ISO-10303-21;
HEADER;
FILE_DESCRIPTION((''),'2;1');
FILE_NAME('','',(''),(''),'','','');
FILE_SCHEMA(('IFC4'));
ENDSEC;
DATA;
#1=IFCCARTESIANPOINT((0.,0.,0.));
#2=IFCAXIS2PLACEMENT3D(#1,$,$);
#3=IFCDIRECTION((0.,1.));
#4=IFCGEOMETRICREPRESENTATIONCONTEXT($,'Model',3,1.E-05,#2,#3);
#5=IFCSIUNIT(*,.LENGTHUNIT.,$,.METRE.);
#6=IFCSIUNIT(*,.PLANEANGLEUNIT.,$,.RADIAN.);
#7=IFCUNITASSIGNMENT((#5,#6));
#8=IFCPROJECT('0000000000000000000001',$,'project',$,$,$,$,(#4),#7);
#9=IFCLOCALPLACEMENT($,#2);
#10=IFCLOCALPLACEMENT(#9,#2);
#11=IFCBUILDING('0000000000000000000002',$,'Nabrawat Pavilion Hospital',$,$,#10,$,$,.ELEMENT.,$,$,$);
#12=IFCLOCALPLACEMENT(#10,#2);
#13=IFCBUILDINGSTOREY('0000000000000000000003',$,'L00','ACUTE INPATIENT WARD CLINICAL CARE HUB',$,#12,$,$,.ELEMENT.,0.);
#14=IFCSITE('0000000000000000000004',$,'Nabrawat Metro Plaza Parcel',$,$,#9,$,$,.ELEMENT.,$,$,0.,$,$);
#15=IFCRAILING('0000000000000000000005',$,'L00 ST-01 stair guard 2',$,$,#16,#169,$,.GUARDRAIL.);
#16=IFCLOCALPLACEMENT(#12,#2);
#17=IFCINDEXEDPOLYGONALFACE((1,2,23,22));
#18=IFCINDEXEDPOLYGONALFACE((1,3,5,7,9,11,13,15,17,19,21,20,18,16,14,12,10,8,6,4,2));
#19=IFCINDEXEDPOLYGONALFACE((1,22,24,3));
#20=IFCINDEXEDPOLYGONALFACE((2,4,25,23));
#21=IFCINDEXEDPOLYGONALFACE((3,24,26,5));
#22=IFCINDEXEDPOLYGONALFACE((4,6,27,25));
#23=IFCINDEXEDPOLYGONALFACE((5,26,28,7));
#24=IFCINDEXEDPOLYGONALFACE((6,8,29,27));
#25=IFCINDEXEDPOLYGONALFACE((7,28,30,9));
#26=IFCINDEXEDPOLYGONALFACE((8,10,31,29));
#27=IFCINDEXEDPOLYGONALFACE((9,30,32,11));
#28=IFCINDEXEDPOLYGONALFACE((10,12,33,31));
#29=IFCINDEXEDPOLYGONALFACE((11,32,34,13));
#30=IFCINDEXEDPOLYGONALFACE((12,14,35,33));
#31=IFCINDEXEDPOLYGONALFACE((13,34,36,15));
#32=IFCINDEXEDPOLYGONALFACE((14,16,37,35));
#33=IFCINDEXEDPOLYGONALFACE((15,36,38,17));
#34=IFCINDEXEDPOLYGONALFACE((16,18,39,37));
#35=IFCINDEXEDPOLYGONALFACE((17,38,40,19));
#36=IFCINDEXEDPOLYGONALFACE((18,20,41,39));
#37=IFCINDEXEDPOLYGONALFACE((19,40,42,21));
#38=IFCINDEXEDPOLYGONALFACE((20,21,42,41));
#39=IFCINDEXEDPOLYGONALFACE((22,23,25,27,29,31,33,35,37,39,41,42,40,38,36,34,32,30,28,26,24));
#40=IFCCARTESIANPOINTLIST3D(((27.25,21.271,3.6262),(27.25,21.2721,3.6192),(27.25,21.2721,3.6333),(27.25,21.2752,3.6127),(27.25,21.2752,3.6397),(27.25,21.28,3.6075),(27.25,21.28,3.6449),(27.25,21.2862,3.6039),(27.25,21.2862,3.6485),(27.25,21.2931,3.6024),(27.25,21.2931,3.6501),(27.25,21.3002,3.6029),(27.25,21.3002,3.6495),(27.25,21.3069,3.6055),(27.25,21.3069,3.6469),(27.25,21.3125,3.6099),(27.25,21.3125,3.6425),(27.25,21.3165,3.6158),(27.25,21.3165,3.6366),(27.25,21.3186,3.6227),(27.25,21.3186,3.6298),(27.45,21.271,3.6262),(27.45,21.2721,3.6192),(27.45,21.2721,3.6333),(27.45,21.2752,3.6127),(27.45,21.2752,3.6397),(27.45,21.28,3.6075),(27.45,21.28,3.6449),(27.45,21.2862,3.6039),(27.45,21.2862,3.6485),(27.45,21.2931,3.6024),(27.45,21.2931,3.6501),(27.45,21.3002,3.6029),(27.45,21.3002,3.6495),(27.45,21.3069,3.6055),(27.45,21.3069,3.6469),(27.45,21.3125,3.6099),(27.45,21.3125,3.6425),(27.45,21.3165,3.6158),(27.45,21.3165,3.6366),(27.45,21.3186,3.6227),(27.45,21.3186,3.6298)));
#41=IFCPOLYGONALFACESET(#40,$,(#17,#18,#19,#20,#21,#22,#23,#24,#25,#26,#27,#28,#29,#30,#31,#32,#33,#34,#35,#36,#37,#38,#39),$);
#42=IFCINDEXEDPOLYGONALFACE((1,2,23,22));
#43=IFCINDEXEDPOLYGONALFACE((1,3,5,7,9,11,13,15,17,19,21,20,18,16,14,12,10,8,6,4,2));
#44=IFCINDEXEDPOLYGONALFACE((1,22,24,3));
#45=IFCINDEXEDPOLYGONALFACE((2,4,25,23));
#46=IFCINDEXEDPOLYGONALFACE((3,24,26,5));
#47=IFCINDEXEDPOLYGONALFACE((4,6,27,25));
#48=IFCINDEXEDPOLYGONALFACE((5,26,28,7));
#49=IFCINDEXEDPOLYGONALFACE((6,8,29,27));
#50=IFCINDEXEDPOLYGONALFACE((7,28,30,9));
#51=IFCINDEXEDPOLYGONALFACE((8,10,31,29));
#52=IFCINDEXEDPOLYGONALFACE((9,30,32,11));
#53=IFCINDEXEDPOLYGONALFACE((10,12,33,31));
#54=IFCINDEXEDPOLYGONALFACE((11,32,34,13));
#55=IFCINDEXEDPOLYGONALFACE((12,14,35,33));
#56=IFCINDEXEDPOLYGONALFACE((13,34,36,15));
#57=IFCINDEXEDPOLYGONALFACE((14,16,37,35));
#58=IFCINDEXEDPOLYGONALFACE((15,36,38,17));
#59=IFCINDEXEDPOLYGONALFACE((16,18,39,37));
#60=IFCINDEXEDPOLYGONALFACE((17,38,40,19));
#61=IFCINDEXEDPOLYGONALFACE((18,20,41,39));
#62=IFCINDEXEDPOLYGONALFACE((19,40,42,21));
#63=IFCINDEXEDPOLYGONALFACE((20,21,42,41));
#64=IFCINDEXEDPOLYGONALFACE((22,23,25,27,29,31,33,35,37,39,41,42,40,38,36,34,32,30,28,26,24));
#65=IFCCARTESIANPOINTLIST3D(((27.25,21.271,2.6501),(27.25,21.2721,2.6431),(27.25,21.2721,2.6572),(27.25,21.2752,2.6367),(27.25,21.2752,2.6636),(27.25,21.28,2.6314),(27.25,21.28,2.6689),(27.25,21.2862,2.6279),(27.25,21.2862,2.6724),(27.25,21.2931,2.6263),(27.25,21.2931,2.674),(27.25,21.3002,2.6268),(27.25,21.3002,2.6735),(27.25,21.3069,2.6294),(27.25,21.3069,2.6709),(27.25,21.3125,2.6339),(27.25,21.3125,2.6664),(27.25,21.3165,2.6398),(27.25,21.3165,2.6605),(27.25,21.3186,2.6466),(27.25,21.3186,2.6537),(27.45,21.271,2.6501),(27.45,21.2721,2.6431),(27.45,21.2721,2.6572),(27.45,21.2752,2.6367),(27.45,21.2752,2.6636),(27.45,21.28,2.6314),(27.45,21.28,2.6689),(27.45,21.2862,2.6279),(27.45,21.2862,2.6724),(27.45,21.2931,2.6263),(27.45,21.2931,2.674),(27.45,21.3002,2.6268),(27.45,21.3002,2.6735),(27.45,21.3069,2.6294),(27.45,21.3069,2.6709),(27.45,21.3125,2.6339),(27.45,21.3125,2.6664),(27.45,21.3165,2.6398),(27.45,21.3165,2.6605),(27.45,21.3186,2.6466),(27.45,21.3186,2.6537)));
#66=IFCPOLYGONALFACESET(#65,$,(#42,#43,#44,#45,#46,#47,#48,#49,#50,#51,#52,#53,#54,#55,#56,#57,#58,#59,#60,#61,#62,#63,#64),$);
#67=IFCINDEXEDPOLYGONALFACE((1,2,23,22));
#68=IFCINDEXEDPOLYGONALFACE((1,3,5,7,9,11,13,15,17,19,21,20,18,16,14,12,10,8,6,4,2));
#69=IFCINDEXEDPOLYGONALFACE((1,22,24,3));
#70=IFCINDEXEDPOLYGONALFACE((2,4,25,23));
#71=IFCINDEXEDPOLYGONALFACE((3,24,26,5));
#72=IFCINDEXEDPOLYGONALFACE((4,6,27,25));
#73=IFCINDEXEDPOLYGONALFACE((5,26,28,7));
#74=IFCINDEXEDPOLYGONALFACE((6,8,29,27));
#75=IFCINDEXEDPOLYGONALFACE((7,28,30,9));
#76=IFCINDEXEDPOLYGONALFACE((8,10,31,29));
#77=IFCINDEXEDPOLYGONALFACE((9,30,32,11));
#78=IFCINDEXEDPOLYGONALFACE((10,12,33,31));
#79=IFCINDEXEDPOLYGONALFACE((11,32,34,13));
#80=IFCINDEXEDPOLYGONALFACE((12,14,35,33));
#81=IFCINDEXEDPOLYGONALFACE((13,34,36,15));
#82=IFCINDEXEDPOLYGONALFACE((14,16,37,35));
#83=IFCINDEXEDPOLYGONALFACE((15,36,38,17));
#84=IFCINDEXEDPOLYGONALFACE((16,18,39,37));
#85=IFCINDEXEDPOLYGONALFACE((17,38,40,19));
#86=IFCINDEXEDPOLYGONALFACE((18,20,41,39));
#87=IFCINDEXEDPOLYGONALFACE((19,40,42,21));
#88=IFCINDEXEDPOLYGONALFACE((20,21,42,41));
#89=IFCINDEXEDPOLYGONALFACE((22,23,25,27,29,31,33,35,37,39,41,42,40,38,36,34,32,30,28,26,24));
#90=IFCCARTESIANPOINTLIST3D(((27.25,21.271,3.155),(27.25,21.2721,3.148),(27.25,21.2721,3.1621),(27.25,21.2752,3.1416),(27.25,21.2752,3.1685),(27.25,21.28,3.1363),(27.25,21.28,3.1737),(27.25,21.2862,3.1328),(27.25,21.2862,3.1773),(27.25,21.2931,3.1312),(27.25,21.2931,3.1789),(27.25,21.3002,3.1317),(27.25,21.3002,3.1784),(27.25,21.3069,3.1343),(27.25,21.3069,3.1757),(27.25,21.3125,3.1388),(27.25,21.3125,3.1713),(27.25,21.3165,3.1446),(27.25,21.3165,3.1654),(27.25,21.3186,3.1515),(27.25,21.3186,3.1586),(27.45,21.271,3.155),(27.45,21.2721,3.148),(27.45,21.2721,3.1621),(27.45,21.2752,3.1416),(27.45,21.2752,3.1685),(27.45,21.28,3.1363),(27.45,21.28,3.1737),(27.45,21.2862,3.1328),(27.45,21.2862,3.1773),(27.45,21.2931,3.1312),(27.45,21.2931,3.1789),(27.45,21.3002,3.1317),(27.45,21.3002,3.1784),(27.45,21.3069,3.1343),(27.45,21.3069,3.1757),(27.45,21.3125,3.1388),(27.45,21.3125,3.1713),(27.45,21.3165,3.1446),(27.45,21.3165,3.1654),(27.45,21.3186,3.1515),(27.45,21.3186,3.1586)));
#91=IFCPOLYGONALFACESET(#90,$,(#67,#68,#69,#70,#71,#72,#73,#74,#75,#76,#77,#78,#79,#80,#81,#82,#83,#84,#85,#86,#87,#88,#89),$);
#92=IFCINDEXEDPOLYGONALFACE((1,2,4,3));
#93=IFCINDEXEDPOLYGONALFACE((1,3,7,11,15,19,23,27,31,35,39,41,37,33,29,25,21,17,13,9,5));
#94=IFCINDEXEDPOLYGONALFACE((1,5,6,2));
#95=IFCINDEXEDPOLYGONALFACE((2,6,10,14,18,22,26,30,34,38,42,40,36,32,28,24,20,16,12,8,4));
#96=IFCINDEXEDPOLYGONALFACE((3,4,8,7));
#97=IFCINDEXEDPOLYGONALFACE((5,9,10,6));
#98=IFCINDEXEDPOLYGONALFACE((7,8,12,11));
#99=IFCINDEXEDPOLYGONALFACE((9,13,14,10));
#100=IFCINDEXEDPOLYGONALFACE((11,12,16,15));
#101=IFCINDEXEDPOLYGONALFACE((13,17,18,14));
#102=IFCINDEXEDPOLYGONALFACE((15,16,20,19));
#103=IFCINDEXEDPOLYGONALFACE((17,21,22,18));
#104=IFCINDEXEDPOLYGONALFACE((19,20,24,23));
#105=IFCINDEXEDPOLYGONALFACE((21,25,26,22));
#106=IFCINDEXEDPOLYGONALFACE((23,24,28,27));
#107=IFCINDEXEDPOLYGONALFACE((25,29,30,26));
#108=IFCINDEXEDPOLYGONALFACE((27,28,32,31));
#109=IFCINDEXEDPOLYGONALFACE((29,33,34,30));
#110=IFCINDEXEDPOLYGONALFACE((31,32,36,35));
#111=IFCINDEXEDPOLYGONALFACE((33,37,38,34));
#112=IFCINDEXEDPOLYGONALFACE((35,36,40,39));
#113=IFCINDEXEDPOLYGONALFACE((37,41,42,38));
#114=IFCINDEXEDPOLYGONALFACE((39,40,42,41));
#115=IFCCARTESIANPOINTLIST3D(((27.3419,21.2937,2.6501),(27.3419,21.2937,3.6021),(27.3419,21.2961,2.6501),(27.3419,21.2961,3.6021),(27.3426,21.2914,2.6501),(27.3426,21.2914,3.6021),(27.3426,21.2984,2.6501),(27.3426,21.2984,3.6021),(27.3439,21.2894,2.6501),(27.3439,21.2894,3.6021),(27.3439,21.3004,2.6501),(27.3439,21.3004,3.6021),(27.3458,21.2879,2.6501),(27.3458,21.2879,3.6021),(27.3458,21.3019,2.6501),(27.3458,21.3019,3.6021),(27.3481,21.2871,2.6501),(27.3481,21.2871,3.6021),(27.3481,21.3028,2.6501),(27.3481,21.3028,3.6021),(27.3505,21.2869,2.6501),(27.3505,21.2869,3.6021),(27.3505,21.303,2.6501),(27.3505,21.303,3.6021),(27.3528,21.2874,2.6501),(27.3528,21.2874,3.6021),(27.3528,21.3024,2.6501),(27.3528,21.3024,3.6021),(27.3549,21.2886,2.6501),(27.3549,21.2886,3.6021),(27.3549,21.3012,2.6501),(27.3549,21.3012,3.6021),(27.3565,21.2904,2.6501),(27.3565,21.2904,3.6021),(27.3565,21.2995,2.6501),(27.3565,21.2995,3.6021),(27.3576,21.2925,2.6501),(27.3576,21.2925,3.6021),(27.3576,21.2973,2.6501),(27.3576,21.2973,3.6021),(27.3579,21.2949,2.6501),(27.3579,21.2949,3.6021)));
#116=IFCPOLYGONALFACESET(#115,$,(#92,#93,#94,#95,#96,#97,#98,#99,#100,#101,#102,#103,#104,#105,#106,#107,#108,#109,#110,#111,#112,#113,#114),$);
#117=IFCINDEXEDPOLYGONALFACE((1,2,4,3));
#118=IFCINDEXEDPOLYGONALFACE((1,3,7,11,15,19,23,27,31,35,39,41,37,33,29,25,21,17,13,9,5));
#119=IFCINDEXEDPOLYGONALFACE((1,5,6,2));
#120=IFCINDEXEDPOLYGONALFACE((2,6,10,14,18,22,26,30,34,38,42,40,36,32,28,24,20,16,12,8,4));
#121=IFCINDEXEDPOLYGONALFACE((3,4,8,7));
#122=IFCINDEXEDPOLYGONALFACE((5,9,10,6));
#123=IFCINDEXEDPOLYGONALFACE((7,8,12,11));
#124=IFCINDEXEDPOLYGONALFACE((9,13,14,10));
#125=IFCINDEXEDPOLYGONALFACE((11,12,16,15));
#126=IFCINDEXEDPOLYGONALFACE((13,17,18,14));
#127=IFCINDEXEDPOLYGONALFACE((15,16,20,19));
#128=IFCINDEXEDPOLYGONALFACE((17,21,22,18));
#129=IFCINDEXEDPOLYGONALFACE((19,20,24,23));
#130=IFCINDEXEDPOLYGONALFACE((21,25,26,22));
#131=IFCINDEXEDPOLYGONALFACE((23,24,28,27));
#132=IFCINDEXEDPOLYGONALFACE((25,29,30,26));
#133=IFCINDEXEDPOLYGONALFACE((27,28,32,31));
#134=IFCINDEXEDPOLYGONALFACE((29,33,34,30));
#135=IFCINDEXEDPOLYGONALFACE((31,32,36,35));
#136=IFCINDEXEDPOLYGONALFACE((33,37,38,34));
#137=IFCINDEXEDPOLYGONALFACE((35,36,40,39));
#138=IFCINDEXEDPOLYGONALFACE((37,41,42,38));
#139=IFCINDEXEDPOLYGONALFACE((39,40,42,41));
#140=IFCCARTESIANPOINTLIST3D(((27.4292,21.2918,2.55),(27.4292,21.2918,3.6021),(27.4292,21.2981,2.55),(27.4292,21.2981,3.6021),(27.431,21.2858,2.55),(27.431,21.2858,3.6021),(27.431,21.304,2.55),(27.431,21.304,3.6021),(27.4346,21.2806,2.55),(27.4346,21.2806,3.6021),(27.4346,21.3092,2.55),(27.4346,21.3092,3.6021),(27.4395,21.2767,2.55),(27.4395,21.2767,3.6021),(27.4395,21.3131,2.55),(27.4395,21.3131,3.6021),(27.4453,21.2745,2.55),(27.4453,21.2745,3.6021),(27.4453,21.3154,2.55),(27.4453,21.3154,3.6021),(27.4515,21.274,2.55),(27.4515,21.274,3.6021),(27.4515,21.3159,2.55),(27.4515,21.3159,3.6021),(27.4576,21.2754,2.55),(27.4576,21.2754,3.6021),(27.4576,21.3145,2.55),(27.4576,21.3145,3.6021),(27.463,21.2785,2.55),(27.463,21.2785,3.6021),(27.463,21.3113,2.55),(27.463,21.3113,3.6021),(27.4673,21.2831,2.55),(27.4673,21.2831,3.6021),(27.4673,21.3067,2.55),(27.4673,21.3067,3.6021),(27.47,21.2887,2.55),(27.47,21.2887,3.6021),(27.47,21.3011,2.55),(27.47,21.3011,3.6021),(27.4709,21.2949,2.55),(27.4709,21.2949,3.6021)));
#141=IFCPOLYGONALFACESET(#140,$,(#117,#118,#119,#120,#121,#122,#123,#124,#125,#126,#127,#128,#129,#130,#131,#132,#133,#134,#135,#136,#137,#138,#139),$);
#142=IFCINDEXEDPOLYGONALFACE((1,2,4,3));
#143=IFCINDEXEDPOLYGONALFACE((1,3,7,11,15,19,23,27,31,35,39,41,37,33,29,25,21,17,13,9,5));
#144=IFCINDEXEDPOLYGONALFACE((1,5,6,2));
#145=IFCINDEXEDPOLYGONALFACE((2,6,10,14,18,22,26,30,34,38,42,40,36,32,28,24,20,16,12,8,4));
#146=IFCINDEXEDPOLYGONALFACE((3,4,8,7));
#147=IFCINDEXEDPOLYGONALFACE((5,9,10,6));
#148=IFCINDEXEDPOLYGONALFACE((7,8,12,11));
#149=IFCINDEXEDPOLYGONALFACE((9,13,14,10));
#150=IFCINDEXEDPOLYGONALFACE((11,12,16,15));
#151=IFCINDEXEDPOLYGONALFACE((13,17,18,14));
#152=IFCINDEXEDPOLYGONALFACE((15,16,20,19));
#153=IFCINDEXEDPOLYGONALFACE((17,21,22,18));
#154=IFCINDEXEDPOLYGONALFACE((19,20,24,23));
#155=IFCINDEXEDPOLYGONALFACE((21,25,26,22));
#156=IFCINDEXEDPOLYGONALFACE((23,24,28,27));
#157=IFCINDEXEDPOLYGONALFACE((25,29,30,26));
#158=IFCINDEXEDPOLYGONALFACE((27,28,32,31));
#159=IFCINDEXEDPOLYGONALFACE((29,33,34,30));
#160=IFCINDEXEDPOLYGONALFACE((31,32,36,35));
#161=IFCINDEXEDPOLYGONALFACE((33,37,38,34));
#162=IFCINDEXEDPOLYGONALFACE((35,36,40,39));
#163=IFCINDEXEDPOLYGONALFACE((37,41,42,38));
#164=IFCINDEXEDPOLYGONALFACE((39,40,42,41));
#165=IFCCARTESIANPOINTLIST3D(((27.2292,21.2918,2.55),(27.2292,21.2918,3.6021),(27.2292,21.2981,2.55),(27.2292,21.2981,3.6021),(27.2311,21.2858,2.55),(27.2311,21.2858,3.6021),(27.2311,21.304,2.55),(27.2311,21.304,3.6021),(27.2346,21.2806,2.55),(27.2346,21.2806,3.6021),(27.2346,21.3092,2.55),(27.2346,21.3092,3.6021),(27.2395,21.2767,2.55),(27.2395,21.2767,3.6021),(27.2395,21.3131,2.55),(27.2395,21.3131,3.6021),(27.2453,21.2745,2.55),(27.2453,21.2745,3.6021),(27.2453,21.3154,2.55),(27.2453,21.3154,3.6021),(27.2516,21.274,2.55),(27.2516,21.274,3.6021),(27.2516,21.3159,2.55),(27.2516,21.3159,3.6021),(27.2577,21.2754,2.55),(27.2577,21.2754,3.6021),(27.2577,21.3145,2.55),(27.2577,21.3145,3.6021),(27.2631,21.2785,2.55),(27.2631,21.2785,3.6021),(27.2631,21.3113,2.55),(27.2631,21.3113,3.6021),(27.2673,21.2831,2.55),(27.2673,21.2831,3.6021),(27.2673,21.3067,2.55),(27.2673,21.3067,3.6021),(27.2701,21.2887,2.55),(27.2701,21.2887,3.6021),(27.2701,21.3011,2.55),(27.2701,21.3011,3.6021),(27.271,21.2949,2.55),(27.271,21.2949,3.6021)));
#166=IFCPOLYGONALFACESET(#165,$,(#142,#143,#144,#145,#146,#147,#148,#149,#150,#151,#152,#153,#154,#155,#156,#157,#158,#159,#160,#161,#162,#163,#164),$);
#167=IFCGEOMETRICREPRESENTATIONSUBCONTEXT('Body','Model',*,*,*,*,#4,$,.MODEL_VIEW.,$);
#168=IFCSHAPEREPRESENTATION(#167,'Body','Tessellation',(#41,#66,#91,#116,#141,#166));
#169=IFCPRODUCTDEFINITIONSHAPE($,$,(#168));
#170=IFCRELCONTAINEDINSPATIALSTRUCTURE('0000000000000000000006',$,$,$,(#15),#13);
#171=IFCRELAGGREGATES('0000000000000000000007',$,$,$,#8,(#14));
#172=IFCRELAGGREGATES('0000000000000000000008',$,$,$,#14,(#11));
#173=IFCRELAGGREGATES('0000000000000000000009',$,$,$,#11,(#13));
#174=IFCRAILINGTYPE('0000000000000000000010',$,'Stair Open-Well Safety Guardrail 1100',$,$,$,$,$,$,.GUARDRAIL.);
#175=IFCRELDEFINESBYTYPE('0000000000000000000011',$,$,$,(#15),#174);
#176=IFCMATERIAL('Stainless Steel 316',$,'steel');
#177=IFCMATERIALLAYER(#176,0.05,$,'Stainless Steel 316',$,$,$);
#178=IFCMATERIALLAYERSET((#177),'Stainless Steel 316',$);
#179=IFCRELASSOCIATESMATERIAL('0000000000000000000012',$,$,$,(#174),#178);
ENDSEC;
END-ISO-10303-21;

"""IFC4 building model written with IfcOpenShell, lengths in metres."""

from ifc_helpers import new_model, si_unit, direction, frame, origin, origin_2d, place, context, subcontext, project, spatial, circle, extrude, material, layer, layer_set, type_object, element, save


model = new_model("IFC4")

# Units and contexts
model_context = context("Model", 3, precision=1e-05, world=origin(), true_north=direction((0.0, 1.0)))
body_context = subcontext(model_context, "Body", "Model", "MODEL_VIEW")
ifc_project = project(units=[si_unit("LENGTHUNIT", "METRE"), si_unit("PLANEANGLEUNIT", "RADIAN")], contexts=[model_context])

# Site, building, storey
site_placement = place(None, origin())
site = spatial("IfcSite", under=ifc_project, at=site_placement, Name="Nabrawat Metro Plaza Parcel", CompositionType="ELEMENT", RefElevation=0.0)
building_placement = place(site_placement, origin())
building = spatial("IfcBuilding", under=site, at=building_placement, Name="Nabrawat Pavilion Hospital", CompositionType="ELEMENT")
storey_placement = place(building_placement, origin())
storey = spatial("IfcBuildingStorey", under=building, at=storey_placement, Name="L00", Description="ACUTE INPATIENT WARD CLINICAL CARE HUB", CompositionType="ELEMENT", Elevation=0.0)

# Railing
ifc_material_1 = material(Name="Stainless Steel 316", Category="steel")
ifc_layer_1 = layer(ifc_material_1, 0.05, Name="Stainless Steel 316")
ifc_layer_set_1 = layer_set([ifc_layer_1], Name="Stainless Steel 316")
railing_type_1 = type_object("IfcRailingType", Name="Stair Open-Well Safety Guardrail 1100", PredefinedType="GUARDRAIL", material=ifc_layer_set_1)
railing_1_placement = place(storey_placement, frame((27.45, 21.2949, 2.55)))
element("IfcRailing", 1, at=railing_1_placement, inside=storey, type_object=railing_type_1, Name="L00 ST-01 stair guard 2", PredefinedType="GUARDRAIL", context=body_context, shape_type="SweptSolid", body=[
    extrude(circle(Radius=0.0239, at=origin_2d()), frame((0.0, 0.0, 1.0762), z_axis=(-1.0, 0.0, 0.0), x_axis=(0.0, -1.0, 0.0)), (0.0, 0.0, 1.0), 0.2),
    extrude(circle(Radius=0.0239, at=origin_2d()), frame((0.0, 0.0, 0.1001), z_axis=(-1.0, 0.0, 0.0), x_axis=(0.0, -1.0, 0.0)), (0.0, 0.0, 1.0), 0.2),
    extrude(circle(Radius=0.0239, at=origin_2d()), frame((0.0, 0.0, 0.605), z_axis=(-1.0, 0.0, 0.0), x_axis=(0.0, -1.0, 0.0)), (0.0, 0.0, 1.0), 0.2),
    extrude(circle(Radius=0.0081, at=origin_2d()), frame((-0.1001, 0.0, 0.1001)), (0.0, 0.0, 1.0), 0.9519),
    extrude(circle(Radius=0.021, at=origin_2d()), origin(), (0.0, 0.0, 1.0), 1.052),
    extrude(circle(Radius=0.021, at=origin_2d()), frame((-0.2, 0.0, 0.0)), (0.0, 0.0, 1.0), 1.052),
])

save(model, "model.ifc")
